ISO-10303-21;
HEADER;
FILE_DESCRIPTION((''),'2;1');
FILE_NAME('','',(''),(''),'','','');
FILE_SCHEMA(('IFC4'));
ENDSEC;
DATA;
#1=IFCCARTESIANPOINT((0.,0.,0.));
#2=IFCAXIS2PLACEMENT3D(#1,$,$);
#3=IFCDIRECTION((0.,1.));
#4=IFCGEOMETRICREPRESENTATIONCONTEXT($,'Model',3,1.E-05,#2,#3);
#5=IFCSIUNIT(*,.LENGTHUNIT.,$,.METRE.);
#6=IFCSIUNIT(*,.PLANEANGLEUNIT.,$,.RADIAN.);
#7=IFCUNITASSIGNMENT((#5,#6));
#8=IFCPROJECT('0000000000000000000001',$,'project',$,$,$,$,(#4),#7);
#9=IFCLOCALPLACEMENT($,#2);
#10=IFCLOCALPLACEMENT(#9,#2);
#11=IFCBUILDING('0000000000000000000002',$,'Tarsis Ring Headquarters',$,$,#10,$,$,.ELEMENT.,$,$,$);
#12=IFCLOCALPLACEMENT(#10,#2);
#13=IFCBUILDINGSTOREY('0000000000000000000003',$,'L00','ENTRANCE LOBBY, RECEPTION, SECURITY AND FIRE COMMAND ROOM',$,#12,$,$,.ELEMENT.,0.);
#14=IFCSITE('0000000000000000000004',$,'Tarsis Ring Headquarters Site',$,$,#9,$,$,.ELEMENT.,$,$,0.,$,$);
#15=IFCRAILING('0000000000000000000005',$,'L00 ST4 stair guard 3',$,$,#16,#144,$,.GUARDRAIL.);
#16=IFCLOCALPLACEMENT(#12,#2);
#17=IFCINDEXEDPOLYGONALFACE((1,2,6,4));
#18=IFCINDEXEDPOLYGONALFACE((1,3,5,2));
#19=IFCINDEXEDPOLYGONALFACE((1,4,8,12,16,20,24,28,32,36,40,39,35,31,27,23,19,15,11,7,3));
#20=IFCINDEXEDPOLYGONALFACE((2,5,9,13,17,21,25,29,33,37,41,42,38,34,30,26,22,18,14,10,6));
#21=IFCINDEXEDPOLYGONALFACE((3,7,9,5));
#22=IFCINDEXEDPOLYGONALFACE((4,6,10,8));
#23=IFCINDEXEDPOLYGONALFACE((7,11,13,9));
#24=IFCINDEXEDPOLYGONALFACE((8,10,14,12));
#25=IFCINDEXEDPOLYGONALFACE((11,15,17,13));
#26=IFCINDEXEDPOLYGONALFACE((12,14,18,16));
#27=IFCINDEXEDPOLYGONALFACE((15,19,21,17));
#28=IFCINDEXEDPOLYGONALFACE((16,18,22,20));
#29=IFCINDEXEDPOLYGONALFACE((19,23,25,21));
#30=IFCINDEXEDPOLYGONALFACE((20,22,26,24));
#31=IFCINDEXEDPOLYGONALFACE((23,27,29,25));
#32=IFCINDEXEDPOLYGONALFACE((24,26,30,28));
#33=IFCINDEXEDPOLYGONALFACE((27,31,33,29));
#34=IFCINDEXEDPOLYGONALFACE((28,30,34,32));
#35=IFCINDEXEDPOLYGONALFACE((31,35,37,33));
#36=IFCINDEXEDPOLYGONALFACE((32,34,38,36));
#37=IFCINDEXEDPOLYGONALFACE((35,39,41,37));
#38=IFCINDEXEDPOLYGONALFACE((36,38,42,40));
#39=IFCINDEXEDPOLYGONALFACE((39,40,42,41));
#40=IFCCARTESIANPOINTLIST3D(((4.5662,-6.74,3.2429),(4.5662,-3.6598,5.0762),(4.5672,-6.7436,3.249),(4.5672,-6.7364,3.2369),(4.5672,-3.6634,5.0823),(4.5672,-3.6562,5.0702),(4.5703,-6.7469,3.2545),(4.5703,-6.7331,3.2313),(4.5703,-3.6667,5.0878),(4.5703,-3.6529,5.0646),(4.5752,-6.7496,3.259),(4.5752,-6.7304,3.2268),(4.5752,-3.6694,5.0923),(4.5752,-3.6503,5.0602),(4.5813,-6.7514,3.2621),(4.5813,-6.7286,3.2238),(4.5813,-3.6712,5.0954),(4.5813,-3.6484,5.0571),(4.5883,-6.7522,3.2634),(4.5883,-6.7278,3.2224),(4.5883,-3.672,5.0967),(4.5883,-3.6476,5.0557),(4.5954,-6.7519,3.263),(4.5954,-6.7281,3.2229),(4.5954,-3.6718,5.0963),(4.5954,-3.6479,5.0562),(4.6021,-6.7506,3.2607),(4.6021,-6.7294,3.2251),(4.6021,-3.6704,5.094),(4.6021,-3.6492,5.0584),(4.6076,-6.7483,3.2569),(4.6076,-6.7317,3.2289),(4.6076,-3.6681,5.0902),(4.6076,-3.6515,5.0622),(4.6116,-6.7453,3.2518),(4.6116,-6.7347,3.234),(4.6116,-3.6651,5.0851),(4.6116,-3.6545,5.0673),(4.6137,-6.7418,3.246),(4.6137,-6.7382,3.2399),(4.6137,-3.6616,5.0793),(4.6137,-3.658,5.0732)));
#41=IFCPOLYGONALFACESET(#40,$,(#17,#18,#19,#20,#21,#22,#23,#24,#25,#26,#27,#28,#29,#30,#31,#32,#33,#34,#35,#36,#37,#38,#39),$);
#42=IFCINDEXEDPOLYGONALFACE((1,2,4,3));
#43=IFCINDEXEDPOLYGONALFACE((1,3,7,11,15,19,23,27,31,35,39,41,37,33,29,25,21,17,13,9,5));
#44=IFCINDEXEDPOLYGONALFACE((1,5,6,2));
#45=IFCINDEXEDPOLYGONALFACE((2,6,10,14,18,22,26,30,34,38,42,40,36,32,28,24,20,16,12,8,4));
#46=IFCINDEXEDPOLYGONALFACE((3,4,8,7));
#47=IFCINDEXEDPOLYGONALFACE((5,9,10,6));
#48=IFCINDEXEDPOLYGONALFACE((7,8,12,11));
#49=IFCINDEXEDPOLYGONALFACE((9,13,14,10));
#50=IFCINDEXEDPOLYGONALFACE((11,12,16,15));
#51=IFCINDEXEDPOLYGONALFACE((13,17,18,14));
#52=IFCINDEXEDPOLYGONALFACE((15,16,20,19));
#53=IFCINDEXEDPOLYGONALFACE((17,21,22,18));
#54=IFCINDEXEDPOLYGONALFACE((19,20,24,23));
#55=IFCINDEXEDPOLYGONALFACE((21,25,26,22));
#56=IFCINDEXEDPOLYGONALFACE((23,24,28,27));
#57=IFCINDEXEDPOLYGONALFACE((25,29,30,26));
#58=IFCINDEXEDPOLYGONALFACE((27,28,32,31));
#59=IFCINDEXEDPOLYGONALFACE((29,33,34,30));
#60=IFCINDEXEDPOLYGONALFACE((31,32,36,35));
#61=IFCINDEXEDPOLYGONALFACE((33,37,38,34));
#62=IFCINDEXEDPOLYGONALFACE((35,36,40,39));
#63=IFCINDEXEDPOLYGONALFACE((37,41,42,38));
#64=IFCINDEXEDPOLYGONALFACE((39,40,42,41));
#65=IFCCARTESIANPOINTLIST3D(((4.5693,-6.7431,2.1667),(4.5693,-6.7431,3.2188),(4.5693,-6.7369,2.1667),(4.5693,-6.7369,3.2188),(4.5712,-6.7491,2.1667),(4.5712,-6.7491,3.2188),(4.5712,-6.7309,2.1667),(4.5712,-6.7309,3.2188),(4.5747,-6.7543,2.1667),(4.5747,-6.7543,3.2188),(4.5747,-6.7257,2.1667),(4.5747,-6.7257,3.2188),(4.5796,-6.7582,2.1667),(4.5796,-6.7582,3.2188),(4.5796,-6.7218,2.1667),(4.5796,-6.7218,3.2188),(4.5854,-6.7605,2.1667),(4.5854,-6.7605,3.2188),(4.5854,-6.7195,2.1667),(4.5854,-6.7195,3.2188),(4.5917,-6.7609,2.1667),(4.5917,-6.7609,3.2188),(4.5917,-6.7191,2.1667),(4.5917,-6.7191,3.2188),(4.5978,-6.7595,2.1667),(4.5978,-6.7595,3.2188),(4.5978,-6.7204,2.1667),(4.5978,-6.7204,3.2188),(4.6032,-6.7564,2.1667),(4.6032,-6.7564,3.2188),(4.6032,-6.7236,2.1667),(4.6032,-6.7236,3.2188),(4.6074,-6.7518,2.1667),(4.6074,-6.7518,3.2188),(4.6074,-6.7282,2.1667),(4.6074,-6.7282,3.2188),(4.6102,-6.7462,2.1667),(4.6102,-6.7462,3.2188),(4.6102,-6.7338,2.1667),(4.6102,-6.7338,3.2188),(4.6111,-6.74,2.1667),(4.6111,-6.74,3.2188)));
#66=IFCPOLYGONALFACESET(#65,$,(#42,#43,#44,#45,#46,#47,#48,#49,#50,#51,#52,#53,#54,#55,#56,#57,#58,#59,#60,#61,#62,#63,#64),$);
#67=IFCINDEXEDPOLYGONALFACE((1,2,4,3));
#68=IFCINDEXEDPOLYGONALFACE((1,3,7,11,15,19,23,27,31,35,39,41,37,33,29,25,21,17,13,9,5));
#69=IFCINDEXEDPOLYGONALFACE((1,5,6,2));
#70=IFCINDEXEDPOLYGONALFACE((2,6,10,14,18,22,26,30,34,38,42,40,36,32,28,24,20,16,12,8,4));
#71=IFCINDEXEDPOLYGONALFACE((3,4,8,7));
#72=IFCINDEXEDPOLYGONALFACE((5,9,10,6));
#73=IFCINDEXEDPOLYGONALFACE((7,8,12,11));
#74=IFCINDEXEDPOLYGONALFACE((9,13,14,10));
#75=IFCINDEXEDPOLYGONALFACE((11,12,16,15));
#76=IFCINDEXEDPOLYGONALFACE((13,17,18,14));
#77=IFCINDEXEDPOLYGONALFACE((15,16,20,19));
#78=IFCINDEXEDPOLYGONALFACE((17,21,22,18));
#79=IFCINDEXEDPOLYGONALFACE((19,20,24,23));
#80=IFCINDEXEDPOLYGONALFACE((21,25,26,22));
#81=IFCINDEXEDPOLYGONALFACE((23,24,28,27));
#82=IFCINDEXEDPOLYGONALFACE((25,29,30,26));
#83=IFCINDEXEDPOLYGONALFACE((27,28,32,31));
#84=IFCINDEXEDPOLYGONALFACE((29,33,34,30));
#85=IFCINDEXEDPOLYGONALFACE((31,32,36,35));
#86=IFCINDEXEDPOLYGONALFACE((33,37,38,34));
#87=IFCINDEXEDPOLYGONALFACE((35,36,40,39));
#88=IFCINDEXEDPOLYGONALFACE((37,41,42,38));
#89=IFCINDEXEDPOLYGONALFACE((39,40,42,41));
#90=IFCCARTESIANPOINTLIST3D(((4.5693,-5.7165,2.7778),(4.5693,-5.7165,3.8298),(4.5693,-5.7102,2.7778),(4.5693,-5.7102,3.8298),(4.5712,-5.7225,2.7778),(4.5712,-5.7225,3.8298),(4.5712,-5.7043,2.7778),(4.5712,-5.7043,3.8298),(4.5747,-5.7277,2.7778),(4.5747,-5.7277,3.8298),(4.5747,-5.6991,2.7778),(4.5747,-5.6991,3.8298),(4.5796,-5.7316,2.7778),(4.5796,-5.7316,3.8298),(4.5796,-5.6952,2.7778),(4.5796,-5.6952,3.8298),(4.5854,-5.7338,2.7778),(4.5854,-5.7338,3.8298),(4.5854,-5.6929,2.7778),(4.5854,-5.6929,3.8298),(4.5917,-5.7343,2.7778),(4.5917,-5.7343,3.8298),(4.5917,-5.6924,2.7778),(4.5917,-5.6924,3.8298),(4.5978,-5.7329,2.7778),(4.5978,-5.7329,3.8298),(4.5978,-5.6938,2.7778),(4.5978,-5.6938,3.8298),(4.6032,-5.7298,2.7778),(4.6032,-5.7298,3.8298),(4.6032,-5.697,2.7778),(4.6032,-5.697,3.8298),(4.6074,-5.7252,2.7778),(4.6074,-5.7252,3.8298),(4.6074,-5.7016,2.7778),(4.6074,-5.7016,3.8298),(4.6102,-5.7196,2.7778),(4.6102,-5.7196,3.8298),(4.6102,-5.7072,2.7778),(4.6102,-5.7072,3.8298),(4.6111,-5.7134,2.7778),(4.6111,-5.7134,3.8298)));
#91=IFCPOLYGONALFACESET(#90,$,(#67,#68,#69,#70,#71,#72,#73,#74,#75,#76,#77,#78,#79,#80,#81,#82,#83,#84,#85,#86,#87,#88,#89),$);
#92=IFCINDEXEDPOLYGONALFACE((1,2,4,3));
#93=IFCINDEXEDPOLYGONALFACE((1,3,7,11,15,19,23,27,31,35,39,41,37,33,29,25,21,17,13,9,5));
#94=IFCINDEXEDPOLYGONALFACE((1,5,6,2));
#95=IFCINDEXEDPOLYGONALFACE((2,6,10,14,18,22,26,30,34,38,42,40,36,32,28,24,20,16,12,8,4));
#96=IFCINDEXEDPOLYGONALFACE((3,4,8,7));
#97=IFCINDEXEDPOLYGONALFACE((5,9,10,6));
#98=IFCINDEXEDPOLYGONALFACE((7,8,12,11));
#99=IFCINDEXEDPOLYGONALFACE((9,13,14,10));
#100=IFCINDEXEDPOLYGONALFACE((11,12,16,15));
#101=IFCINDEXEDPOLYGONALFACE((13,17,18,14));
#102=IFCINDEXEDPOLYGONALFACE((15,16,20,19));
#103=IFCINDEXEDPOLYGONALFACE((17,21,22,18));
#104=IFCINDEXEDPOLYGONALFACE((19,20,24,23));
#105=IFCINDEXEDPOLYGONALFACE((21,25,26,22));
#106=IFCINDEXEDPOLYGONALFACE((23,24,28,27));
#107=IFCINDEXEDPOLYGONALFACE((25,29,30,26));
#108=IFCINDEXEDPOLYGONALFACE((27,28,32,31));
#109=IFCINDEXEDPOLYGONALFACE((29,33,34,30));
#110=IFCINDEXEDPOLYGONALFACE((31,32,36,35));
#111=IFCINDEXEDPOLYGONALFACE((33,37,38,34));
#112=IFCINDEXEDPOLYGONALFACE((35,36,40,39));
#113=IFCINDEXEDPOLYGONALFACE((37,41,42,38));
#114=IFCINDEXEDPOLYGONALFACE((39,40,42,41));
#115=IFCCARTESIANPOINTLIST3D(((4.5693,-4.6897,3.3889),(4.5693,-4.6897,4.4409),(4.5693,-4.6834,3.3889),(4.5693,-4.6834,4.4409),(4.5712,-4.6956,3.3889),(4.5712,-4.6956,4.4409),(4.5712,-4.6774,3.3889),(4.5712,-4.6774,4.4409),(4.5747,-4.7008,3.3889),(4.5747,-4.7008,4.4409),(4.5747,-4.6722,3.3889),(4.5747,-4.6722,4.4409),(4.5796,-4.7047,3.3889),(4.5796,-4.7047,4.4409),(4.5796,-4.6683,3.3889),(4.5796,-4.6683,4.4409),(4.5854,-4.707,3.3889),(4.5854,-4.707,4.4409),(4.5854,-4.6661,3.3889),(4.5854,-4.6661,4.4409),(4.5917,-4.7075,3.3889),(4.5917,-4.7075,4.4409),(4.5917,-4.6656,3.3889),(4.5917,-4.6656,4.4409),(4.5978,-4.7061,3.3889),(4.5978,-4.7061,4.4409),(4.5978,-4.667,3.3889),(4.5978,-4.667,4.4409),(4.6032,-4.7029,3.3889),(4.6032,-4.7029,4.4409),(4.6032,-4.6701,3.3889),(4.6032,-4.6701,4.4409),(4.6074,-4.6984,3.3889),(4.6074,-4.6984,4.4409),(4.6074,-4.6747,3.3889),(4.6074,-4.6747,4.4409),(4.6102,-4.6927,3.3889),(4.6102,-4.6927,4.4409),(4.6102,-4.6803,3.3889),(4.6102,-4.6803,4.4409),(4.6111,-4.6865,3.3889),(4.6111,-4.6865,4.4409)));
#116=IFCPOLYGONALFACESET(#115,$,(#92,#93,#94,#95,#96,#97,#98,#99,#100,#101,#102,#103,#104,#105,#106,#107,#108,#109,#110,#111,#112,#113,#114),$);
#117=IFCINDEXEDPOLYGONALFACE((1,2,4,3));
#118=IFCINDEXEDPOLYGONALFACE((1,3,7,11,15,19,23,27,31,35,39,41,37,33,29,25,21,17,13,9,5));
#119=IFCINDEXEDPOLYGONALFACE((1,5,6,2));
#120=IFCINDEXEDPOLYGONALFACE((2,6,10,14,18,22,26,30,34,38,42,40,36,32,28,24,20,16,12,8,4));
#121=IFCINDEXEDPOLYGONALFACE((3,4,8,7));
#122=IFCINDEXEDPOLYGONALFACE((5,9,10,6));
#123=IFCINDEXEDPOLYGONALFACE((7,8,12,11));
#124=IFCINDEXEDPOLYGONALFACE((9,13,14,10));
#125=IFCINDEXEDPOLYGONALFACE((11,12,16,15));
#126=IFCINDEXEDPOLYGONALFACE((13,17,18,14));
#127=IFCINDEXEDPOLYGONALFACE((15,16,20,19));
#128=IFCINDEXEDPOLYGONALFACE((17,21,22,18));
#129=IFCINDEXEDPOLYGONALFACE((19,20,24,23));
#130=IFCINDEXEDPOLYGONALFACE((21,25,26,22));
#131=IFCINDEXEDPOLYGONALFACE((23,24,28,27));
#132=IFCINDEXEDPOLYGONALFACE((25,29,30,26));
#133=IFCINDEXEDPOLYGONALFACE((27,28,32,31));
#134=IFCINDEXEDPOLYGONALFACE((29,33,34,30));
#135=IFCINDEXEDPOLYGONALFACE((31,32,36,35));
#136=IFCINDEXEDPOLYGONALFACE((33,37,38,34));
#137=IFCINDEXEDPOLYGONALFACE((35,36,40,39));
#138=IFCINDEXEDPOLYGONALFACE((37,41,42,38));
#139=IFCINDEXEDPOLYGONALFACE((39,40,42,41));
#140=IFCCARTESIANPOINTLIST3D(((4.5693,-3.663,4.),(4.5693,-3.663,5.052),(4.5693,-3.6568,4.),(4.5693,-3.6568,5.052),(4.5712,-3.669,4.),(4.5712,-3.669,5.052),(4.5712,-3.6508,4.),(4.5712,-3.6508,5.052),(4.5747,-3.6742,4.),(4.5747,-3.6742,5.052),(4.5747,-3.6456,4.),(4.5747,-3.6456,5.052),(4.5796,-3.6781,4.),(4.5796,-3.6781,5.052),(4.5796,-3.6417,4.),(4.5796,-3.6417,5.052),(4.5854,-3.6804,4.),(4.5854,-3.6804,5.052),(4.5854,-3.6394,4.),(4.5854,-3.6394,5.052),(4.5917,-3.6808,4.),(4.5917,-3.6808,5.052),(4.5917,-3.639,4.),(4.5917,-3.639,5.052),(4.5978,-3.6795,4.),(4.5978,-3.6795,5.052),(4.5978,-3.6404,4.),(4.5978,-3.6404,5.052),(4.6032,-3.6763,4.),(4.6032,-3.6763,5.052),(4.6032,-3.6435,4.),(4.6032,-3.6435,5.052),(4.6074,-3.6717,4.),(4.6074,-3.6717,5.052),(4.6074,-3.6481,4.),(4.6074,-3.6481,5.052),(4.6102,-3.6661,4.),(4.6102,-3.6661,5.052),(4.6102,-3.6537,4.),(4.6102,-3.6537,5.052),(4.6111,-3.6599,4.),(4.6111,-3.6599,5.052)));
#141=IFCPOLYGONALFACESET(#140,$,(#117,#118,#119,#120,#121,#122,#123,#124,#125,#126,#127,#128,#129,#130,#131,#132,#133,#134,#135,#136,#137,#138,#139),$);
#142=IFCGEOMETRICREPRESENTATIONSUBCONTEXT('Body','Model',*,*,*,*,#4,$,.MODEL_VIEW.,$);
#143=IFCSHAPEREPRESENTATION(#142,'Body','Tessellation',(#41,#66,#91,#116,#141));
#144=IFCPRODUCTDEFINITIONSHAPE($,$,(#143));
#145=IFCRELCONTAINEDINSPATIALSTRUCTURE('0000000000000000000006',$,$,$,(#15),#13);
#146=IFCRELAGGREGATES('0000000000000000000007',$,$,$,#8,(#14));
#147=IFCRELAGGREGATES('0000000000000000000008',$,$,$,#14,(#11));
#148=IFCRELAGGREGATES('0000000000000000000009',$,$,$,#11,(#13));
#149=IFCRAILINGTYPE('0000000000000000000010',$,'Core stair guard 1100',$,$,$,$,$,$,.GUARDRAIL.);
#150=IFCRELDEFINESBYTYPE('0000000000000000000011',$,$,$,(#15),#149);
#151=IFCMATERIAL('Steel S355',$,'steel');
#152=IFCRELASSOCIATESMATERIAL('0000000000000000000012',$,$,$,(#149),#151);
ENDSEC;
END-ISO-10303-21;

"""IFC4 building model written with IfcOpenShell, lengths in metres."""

from ifc_helpers import new_model, si_unit, direction, frame, origin, origin_2d, place, context, subcontext, project, spatial, circle, extrude, material, type_object, element, save


model = new_model("IFC4")

# Units and contexts
model_context = context("Model", 3, precision=1e-05, world=origin(), true_north=direction((0.0, 1.0)))
body_context = subcontext(model_context, "Body", "Model", "MODEL_VIEW")
ifc_project = project(units=[si_unit("LENGTHUNIT", "METRE"), si_unit("PLANEANGLEUNIT", "RADIAN")], contexts=[model_context])

# Site, building, storey
site_placement = place(None, origin())
site = spatial("IfcSite", under=ifc_project, at=site_placement, Name="Tarsis Ring Headquarters Site", CompositionType="ELEMENT", RefElevation=0.0)
building_placement = place(site_placement, origin())
building = spatial("IfcBuilding", under=site, at=building_placement, Name="Tarsis Ring Headquarters", CompositionType="ELEMENT")
storey_placement = place(building_placement, origin())
storey = spatial("IfcBuildingStorey", under=building, at=storey_placement, Name="L00", Description="ENTRANCE LOBBY, RECEPTION, SECURITY AND FIRE COMMAND ROOM", CompositionType="ELEMENT", Elevation=0.0)

# Railing
ifc_material_1 = material(Name="Steel S355", Category="steel")
railing_type_1 = type_object("IfcRailingType", Name="Core stair guard 1100", PredefinedType="GUARDRAIL", material=ifc_material_1)
railing_1_placement = place(storey_placement, frame((4.5901, -6.74, 2.1667)))
element("IfcRailing", 1, at=railing_1_placement, inside=storey, type_object=railing_type_1, Name="L00 ST4 stair guard 3", PredefinedType="GUARDRAIL", context=body_context, shape_type="SweptSolid", body=[
    extrude(circle(Radius=0.0239, at=origin_2d()), frame((0.0, 0.0, 1.0762), z_axis=(0.0, 0.859309, 0.511458), x_axis=(-1.0, 0.0, 0.0)), (0.0, 0.0, 1.0), 3.5845),
    extrude(circle(Radius=0.021, at=origin_2d()), origin(), (0.0, 0.0, 1.0), 1.052),
    extrude(circle(Radius=0.021, at=origin_2d()), frame((0.0, 1.0266, 0.6111)), (0.0, 0.0, 1.0), 1.052),
    extrude(circle(Radius=0.021, at=origin_2d()), frame((0.0, 2.0535, 1.2222)), (0.0, 0.0, 1.0), 1.052),
    extrude(circle(Radius=0.021, at=origin_2d()), frame((0.0, 3.0801, 1.8333)), (0.0, 0.0, 1.0), 1.052),
])

save(model, "model.ifc")
